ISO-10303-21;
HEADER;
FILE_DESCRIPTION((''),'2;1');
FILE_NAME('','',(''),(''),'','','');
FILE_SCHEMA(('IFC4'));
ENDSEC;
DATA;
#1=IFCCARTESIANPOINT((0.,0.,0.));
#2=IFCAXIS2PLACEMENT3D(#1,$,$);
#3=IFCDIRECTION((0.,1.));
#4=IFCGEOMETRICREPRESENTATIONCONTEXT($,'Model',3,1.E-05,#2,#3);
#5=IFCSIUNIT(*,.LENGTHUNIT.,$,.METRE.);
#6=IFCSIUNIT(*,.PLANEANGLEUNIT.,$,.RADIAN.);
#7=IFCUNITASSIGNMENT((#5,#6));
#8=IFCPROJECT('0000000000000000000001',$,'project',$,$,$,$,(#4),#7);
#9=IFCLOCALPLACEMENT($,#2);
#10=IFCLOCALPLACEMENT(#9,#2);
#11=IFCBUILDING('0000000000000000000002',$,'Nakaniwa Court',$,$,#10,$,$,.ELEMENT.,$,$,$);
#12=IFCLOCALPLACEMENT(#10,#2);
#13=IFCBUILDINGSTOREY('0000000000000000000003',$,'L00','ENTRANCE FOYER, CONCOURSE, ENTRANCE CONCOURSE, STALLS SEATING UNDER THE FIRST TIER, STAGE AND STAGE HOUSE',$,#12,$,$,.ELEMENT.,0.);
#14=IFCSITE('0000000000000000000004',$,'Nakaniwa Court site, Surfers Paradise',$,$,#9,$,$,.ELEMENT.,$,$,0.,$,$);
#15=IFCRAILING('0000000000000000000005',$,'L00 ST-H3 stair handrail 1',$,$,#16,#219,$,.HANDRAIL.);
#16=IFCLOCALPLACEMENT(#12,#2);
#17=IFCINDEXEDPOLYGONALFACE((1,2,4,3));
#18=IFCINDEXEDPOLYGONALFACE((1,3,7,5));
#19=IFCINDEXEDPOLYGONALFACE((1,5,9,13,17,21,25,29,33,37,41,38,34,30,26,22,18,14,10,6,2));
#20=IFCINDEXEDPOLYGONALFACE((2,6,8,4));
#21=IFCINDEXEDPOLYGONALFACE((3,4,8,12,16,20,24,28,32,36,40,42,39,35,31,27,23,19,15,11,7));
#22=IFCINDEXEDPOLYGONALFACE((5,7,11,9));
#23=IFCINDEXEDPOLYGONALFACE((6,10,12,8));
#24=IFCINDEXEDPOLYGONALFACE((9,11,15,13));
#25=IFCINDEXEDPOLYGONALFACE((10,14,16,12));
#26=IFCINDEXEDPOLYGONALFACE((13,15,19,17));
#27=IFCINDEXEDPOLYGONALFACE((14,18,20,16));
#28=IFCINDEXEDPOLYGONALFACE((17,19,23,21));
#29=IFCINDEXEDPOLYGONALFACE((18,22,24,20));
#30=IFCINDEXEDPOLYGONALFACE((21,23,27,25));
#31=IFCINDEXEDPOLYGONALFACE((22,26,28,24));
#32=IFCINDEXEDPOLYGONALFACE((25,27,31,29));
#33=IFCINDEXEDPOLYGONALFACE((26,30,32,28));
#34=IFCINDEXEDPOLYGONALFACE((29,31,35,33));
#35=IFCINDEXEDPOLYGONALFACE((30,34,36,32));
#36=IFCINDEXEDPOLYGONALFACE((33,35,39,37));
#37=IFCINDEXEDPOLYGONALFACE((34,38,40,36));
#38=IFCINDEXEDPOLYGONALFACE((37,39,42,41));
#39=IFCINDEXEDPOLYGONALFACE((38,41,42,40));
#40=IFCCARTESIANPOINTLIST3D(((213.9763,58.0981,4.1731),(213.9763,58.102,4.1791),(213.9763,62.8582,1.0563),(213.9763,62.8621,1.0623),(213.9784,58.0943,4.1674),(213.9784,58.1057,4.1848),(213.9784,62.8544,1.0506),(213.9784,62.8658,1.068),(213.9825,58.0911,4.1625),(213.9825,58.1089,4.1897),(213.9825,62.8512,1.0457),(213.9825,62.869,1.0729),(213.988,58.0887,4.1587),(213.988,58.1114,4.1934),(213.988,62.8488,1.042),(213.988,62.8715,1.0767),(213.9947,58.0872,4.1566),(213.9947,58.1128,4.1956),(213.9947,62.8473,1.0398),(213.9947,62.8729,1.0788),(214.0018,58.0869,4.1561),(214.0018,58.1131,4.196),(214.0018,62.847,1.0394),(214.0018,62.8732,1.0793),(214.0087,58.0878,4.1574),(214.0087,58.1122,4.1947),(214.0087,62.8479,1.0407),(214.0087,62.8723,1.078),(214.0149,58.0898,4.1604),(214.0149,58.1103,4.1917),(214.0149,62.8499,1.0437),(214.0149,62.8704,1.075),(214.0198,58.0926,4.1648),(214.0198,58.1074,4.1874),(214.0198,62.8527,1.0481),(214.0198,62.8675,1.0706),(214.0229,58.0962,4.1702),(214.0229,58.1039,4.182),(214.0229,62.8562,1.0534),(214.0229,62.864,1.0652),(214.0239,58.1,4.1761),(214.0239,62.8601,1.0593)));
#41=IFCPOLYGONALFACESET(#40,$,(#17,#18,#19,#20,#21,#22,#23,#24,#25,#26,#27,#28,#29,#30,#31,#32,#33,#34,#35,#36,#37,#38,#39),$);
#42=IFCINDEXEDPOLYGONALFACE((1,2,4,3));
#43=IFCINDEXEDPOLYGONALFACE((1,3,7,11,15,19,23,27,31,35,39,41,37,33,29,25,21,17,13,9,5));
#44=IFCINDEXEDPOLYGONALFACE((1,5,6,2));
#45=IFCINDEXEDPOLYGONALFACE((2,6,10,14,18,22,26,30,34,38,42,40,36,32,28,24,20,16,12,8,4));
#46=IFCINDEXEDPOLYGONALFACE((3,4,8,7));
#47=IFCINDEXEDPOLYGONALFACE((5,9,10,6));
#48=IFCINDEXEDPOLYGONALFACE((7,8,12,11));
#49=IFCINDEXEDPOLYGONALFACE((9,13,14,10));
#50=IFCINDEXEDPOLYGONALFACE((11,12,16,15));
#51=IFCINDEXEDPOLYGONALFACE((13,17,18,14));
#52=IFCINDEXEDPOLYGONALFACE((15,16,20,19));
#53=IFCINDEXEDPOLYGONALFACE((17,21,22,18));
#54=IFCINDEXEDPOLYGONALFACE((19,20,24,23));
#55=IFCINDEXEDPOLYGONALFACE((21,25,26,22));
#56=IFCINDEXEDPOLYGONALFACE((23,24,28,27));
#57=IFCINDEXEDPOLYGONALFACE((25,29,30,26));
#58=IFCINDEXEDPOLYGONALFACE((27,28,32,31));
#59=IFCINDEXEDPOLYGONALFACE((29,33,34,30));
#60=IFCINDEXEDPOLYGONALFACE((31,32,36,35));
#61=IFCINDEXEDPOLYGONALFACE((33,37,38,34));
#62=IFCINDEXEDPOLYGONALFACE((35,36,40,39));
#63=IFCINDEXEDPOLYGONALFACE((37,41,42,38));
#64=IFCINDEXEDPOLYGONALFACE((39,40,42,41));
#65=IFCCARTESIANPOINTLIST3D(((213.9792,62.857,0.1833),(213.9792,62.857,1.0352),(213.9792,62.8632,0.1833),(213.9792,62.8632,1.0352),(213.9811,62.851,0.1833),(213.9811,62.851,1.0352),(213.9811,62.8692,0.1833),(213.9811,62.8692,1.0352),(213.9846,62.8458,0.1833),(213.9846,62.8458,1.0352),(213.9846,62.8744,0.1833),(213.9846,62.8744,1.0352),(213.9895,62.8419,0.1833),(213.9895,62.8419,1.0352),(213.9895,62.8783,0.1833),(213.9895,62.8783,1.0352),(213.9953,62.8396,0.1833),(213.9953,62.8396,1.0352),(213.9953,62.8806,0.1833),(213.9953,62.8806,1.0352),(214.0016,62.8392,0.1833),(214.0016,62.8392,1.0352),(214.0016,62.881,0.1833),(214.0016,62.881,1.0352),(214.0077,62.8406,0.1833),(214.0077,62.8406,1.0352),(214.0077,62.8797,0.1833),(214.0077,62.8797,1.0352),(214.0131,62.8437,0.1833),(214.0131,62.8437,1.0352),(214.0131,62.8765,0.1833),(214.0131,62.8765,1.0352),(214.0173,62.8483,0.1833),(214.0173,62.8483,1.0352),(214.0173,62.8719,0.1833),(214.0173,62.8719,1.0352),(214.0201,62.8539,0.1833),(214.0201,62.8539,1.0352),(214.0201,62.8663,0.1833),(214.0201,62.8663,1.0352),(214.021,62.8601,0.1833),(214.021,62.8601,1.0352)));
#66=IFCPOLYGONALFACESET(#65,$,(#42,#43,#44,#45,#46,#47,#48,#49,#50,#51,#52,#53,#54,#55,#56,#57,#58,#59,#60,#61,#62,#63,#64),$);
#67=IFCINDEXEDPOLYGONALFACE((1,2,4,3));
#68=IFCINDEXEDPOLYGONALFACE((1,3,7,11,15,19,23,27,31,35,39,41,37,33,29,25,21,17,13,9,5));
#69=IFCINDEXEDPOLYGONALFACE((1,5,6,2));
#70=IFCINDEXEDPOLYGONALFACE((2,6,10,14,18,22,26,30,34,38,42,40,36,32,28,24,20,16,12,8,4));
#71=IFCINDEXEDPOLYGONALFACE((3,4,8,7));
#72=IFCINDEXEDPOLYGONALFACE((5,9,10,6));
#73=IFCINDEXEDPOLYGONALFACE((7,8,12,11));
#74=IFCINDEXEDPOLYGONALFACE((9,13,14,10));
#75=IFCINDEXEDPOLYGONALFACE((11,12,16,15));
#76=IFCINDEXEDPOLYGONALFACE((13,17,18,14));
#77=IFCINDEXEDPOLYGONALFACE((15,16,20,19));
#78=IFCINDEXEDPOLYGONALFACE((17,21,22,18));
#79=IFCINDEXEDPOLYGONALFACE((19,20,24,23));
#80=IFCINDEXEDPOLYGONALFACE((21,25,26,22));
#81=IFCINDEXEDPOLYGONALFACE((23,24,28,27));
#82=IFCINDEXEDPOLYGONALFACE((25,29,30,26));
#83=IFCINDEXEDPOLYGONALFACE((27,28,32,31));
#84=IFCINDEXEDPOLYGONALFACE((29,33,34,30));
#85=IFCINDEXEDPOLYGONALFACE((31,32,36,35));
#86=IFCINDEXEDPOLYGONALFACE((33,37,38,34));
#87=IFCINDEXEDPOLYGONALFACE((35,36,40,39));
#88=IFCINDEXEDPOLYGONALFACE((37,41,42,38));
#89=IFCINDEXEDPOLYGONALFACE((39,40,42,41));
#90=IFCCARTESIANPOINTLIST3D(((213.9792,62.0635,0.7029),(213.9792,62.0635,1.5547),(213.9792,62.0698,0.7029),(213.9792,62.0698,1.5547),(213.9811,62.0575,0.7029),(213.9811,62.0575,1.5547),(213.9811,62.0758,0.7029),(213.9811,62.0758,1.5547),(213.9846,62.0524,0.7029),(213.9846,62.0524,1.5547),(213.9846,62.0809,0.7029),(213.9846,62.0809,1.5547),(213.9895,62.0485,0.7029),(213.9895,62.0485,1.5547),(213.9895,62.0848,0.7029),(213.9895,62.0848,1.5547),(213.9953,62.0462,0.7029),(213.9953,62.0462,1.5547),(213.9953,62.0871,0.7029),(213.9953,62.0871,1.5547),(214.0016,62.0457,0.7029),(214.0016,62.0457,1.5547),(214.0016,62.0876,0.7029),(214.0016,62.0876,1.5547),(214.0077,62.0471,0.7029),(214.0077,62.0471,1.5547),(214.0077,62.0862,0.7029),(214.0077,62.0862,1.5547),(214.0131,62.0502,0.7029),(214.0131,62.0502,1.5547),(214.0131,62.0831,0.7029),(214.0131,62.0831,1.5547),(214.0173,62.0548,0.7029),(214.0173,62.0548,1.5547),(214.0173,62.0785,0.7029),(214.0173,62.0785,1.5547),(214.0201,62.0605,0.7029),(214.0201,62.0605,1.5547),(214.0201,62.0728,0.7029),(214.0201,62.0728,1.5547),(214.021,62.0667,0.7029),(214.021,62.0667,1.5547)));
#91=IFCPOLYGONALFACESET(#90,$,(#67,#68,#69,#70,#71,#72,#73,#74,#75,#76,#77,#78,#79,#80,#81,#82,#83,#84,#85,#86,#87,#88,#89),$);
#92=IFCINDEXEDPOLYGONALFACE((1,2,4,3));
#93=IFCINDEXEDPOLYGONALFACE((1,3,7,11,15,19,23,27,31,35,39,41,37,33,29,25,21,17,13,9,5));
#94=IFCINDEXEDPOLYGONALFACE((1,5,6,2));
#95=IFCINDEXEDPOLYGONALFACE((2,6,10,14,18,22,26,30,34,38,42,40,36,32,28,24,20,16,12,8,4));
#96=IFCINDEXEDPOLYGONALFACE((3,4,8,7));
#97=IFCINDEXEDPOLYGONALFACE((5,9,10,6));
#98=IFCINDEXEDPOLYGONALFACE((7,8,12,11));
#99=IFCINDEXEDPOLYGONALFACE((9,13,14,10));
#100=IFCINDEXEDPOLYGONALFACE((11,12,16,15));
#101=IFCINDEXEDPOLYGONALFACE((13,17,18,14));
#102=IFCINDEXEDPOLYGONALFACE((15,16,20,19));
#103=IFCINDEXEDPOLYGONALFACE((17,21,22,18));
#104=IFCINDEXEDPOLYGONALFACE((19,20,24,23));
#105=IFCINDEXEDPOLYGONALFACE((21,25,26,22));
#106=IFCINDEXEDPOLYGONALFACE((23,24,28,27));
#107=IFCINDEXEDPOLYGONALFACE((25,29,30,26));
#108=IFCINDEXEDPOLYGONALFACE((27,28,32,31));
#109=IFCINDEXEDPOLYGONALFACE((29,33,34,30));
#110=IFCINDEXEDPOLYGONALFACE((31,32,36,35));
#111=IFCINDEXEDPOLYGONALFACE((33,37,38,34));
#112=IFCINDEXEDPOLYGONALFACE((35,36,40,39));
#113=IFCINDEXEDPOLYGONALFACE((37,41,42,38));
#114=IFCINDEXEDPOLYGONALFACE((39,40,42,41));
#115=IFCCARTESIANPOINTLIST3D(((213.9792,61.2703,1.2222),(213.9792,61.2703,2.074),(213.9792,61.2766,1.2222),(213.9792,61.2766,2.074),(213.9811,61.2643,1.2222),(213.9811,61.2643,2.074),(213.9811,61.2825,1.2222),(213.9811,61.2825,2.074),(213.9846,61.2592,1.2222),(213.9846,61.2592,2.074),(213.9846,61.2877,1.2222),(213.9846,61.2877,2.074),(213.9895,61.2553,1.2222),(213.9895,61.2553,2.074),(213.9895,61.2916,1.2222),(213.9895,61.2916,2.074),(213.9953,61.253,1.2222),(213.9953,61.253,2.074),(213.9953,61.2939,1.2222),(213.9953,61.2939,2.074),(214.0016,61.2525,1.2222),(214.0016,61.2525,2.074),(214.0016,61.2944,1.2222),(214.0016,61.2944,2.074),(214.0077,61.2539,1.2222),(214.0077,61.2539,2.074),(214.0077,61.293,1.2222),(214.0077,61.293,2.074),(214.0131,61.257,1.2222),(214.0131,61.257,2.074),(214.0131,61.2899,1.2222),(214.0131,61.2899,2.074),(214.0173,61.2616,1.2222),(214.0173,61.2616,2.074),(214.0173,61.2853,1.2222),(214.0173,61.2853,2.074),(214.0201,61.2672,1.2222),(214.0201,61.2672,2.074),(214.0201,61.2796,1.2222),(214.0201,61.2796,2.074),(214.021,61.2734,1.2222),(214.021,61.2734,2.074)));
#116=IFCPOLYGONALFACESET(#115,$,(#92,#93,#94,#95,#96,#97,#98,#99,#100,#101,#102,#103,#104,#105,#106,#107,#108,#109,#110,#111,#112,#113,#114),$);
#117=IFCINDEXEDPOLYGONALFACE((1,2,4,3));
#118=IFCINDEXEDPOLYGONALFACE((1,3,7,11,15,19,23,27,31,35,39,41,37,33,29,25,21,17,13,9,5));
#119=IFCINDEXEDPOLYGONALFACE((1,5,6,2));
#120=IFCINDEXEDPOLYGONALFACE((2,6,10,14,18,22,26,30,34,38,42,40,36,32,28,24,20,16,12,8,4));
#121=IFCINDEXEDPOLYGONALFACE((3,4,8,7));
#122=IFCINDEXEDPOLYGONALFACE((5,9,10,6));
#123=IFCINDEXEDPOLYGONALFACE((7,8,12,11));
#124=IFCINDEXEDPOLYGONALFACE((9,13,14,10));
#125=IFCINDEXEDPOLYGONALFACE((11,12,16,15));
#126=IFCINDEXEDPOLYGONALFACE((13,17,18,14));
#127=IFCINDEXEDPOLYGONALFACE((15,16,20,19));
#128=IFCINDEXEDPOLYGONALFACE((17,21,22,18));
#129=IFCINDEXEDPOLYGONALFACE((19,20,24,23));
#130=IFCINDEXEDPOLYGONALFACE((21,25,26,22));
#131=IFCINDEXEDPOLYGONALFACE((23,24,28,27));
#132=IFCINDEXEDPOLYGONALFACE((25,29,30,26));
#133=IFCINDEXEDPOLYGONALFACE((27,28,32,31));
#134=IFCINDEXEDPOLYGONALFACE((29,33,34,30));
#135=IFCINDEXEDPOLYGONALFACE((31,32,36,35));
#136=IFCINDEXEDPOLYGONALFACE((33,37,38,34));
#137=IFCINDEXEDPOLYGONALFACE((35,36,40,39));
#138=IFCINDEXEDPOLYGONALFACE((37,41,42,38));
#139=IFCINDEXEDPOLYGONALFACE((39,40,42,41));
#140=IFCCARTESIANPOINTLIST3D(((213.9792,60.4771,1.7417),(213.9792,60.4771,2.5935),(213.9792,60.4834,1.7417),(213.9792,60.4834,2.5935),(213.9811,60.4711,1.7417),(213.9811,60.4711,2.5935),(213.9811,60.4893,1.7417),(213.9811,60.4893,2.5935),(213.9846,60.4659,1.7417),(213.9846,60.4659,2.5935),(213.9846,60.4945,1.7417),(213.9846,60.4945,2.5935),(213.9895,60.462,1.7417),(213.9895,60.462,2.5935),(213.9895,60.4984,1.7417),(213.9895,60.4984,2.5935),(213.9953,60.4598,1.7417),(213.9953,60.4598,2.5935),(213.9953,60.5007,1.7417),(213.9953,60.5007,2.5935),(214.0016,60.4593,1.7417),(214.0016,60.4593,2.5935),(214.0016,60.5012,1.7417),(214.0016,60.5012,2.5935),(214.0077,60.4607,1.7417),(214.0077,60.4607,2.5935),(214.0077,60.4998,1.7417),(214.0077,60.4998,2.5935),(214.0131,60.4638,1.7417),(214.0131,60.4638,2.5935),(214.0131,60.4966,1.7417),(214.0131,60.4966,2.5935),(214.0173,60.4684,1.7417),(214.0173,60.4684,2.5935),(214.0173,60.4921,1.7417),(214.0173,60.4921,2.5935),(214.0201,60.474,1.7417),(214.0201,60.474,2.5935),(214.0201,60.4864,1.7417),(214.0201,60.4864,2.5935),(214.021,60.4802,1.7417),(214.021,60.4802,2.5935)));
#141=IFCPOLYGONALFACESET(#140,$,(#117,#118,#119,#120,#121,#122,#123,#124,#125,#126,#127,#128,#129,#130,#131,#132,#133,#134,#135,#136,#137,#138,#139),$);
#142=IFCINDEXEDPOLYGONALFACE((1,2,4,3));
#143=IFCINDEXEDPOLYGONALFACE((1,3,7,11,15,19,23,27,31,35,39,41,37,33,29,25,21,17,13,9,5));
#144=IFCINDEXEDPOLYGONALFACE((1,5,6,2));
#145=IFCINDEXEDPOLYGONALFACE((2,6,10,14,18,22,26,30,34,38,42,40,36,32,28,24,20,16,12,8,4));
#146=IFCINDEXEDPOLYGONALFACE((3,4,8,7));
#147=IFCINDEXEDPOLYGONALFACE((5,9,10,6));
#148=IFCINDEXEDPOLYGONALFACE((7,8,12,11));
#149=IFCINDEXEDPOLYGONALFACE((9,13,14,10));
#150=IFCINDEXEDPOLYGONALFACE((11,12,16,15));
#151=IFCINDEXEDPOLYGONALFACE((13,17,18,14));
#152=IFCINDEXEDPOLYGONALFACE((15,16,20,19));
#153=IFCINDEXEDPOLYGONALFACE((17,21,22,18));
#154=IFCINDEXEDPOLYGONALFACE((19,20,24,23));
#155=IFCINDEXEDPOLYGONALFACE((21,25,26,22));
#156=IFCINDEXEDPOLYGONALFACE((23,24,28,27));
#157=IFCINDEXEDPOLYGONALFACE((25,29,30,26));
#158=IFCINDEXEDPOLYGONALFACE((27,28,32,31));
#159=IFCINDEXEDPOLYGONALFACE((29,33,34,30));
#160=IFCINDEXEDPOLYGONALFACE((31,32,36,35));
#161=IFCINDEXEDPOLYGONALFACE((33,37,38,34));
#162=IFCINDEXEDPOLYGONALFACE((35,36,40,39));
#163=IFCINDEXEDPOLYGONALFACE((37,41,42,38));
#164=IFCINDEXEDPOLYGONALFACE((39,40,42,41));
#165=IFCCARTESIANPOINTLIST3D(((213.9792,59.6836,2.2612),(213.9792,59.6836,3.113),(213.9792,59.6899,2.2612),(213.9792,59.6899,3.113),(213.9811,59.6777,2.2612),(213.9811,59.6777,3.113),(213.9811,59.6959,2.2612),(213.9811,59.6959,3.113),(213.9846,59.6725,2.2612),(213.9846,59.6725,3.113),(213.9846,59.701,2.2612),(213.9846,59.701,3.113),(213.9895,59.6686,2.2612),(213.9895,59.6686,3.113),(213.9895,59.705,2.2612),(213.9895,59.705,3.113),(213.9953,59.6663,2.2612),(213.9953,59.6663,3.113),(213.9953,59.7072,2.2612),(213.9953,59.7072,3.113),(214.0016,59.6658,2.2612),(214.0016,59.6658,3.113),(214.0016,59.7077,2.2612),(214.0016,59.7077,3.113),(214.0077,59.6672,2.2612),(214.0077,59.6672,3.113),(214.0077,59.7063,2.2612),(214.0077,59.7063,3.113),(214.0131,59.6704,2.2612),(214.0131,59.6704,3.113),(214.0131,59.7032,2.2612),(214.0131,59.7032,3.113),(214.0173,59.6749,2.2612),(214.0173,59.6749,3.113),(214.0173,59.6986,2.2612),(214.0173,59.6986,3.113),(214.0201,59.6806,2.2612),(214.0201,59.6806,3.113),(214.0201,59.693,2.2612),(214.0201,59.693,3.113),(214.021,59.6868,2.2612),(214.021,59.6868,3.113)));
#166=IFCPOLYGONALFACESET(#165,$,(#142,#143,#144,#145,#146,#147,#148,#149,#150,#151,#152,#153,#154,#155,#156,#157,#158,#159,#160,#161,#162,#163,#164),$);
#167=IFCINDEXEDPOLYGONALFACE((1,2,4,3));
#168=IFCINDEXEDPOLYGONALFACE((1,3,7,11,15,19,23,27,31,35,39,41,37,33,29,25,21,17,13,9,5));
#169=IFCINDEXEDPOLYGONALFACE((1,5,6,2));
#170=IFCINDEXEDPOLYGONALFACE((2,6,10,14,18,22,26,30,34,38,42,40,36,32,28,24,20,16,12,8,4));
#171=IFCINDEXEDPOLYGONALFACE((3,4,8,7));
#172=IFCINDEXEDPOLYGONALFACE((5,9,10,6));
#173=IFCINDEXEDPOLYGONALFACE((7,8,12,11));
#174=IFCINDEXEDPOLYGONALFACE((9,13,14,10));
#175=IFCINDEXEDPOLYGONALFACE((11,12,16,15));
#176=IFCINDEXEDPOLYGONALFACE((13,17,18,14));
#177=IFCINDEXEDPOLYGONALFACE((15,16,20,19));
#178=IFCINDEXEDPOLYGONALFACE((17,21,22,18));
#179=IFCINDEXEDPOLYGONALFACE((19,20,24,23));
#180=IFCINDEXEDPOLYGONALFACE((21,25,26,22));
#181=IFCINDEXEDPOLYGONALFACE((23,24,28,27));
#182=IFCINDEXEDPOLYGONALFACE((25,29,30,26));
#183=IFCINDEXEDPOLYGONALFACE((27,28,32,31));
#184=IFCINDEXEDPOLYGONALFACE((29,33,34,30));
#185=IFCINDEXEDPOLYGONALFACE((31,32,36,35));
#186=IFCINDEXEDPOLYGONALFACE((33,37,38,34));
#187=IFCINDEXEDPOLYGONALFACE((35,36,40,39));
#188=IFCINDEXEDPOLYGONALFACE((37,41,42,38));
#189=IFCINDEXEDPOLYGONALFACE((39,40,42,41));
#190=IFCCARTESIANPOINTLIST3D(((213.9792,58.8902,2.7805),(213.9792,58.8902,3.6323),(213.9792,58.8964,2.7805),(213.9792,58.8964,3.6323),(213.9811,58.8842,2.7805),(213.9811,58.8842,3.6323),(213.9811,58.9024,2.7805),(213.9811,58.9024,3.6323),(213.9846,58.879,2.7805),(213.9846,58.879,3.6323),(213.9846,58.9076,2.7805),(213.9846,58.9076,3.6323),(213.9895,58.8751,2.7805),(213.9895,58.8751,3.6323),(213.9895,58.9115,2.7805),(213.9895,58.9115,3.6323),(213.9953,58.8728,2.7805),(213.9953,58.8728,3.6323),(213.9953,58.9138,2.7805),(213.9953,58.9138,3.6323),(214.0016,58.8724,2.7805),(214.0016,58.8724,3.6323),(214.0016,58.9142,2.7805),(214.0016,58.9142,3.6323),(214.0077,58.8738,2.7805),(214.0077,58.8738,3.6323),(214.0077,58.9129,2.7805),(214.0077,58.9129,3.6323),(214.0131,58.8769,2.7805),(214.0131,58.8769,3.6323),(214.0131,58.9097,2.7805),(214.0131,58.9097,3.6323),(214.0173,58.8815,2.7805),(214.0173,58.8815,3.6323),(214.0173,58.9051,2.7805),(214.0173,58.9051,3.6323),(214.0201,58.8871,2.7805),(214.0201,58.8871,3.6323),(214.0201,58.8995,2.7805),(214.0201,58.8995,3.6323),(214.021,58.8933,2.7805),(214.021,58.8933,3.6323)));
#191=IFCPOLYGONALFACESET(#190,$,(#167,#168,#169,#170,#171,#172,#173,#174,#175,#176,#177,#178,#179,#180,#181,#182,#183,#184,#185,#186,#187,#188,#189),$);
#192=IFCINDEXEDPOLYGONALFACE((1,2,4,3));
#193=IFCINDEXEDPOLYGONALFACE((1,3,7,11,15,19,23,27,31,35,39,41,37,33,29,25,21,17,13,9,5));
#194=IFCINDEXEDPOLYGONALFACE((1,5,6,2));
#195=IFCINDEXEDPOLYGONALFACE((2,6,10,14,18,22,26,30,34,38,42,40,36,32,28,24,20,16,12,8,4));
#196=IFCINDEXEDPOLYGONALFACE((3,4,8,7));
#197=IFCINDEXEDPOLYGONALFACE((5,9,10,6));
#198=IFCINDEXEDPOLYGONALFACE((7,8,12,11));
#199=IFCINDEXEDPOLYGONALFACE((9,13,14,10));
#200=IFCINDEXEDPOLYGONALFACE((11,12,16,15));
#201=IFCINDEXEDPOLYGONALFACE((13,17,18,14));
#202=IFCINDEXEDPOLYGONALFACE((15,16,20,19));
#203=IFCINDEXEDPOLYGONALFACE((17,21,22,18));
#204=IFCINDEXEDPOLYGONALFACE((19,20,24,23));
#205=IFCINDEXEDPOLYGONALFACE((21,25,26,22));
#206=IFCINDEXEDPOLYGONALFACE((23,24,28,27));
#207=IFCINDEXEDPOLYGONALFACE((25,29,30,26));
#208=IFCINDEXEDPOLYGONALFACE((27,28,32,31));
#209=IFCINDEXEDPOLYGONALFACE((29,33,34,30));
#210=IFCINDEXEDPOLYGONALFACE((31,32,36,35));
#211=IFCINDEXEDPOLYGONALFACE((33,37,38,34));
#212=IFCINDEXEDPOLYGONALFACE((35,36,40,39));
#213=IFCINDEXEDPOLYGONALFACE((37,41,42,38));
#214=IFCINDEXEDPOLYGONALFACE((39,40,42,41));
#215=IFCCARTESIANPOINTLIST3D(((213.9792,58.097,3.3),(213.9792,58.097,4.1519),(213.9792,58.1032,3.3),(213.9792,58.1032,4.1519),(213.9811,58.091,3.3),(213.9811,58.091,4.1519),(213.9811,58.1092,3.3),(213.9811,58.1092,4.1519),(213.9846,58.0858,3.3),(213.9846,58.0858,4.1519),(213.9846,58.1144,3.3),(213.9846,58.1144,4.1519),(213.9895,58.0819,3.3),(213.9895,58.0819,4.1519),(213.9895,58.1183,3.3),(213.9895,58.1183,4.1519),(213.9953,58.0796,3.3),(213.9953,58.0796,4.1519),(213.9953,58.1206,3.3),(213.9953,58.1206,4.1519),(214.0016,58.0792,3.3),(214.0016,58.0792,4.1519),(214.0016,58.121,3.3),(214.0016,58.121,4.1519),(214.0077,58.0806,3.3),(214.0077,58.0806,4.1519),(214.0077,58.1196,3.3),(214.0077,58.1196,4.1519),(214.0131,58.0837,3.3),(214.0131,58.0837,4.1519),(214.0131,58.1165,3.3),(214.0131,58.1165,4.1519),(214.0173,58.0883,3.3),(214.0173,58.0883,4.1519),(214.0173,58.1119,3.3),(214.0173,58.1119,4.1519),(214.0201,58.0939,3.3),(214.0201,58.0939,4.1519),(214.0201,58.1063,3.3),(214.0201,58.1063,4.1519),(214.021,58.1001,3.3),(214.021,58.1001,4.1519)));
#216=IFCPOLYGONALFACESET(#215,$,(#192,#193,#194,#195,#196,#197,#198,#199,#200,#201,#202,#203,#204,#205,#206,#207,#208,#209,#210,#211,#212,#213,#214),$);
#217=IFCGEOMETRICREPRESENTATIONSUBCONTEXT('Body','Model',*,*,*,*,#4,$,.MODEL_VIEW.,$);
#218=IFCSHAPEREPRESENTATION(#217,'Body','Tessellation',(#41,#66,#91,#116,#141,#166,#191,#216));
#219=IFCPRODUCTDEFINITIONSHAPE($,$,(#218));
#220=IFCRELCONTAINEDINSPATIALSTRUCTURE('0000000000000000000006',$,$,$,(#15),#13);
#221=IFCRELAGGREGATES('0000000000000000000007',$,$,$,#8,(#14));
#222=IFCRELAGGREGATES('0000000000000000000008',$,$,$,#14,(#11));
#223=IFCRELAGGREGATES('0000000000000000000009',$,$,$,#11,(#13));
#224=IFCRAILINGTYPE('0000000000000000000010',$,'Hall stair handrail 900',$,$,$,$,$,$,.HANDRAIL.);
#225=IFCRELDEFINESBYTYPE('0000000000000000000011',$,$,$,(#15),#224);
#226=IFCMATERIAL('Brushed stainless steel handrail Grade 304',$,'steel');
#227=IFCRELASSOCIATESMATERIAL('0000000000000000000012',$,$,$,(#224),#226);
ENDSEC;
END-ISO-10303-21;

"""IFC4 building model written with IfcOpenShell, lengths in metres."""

from ifc_helpers import new_model, si_unit, direction, frame, origin, origin_2d, place, context, subcontext, project, spatial, circle, extrude, material, type_object, element, save


model = new_model("IFC4")

# Units and contexts
model_context = context("Model", 3, precision=1e-05, world=origin(), true_north=direction((0.0, 1.0)))
body_context = subcontext(model_context, "Body", "Model", "MODEL_VIEW")
ifc_project = project(units=[si_unit("LENGTHUNIT", "METRE"), si_unit("PLANEANGLEUNIT", "RADIAN")], contexts=[model_context])

# Site, building, storey
site_placement = place(None, origin())
site = spatial("IfcSite", under=ifc_project, at=site_placement, Name="Nakaniwa Court site, Surfers Paradise", CompositionType="ELEMENT", RefElevation=0.0)
building_placement = place(site_placement, origin())
building = spatial("IfcBuilding", under=site, at=building_placement, Name="Nakaniwa Court", CompositionType="ELEMENT")
storey_placement = place(building_placement, origin())
storey = spatial("IfcBuildingStorey", under=building, at=storey_placement, Name="L00", Description="ENTRANCE FOYER, CONCOURSE, ENTRANCE CONCOURSE, STALLS SEATING UNDER THE FIRST TIER, STAGE AND STAGE HOUSE", CompositionType="ELEMENT", Elevation=0.0)

# Railing
ifc_material_1 = material(Name="Brushed stainless steel handrail Grade 304", Category="steel")
railing_type_1 = type_object("IfcRailingType", Name="Hall stair handrail 900", PredefinedType="HANDRAIL", material=ifc_material_1)
railing_1_placement = place(storey_placement, frame((214.0, 62.8601, 0.1833)))
element("IfcRailing", 1, at=railing_1_placement, inside=storey, type_object=railing_type_1, Name="L00 ST-H3 stair handrail 1", PredefinedType="HANDRAIL", context=body_context, shape_type="SweptSolid", body=[
    extrude(circle(Radius=0.0239, at=origin_2d()), frame((0.0, 0.0, 0.876), z_axis=(0.0, -0.836616, 0.547789), x_axis=(1.0, 0.0, 0.0)), (0.0, 0.0, 1.0), 5.6897),
    extrude(circle(Radius=0.021, at=origin_2d()), origin(), (0.0, 0.0, 1.0), 0.8518),
    extrude(circle(Radius=0.021, at=origin_2d()), frame((0.0, -0.7935, 0.5195)), (0.0, 0.0, 1.0), 0.8518),
    extrude(circle(Radius=0.021, at=origin_2d()), frame((0.0, -1.5867, 1.0388)), (0.0, 0.0, 1.0), 0.8518),
    extrude(circle(Radius=0.021, at=origin_2d()), frame((0.0, -2.3799, 1.5583)), (0.0, 0.0, 1.0), 0.8518),
    extrude(circle(Radius=0.021, at=origin_2d()), frame((0.0, -3.1733, 2.0779)), (0.0, 0.0, 1.0), 0.8518),
    extrude(circle(Radius=0.021, at=origin_2d()), frame((0.0, -3.9668, 2.5972)), (0.0, 0.0, 1.0), 0.8518),
    extrude(circle(Radius=0.021, at=origin_2d()), frame((0.0, -4.76, 3.1167)), (0.0, 0.0, 1.0), 0.8518),
])

save(model, "model.ifc")
